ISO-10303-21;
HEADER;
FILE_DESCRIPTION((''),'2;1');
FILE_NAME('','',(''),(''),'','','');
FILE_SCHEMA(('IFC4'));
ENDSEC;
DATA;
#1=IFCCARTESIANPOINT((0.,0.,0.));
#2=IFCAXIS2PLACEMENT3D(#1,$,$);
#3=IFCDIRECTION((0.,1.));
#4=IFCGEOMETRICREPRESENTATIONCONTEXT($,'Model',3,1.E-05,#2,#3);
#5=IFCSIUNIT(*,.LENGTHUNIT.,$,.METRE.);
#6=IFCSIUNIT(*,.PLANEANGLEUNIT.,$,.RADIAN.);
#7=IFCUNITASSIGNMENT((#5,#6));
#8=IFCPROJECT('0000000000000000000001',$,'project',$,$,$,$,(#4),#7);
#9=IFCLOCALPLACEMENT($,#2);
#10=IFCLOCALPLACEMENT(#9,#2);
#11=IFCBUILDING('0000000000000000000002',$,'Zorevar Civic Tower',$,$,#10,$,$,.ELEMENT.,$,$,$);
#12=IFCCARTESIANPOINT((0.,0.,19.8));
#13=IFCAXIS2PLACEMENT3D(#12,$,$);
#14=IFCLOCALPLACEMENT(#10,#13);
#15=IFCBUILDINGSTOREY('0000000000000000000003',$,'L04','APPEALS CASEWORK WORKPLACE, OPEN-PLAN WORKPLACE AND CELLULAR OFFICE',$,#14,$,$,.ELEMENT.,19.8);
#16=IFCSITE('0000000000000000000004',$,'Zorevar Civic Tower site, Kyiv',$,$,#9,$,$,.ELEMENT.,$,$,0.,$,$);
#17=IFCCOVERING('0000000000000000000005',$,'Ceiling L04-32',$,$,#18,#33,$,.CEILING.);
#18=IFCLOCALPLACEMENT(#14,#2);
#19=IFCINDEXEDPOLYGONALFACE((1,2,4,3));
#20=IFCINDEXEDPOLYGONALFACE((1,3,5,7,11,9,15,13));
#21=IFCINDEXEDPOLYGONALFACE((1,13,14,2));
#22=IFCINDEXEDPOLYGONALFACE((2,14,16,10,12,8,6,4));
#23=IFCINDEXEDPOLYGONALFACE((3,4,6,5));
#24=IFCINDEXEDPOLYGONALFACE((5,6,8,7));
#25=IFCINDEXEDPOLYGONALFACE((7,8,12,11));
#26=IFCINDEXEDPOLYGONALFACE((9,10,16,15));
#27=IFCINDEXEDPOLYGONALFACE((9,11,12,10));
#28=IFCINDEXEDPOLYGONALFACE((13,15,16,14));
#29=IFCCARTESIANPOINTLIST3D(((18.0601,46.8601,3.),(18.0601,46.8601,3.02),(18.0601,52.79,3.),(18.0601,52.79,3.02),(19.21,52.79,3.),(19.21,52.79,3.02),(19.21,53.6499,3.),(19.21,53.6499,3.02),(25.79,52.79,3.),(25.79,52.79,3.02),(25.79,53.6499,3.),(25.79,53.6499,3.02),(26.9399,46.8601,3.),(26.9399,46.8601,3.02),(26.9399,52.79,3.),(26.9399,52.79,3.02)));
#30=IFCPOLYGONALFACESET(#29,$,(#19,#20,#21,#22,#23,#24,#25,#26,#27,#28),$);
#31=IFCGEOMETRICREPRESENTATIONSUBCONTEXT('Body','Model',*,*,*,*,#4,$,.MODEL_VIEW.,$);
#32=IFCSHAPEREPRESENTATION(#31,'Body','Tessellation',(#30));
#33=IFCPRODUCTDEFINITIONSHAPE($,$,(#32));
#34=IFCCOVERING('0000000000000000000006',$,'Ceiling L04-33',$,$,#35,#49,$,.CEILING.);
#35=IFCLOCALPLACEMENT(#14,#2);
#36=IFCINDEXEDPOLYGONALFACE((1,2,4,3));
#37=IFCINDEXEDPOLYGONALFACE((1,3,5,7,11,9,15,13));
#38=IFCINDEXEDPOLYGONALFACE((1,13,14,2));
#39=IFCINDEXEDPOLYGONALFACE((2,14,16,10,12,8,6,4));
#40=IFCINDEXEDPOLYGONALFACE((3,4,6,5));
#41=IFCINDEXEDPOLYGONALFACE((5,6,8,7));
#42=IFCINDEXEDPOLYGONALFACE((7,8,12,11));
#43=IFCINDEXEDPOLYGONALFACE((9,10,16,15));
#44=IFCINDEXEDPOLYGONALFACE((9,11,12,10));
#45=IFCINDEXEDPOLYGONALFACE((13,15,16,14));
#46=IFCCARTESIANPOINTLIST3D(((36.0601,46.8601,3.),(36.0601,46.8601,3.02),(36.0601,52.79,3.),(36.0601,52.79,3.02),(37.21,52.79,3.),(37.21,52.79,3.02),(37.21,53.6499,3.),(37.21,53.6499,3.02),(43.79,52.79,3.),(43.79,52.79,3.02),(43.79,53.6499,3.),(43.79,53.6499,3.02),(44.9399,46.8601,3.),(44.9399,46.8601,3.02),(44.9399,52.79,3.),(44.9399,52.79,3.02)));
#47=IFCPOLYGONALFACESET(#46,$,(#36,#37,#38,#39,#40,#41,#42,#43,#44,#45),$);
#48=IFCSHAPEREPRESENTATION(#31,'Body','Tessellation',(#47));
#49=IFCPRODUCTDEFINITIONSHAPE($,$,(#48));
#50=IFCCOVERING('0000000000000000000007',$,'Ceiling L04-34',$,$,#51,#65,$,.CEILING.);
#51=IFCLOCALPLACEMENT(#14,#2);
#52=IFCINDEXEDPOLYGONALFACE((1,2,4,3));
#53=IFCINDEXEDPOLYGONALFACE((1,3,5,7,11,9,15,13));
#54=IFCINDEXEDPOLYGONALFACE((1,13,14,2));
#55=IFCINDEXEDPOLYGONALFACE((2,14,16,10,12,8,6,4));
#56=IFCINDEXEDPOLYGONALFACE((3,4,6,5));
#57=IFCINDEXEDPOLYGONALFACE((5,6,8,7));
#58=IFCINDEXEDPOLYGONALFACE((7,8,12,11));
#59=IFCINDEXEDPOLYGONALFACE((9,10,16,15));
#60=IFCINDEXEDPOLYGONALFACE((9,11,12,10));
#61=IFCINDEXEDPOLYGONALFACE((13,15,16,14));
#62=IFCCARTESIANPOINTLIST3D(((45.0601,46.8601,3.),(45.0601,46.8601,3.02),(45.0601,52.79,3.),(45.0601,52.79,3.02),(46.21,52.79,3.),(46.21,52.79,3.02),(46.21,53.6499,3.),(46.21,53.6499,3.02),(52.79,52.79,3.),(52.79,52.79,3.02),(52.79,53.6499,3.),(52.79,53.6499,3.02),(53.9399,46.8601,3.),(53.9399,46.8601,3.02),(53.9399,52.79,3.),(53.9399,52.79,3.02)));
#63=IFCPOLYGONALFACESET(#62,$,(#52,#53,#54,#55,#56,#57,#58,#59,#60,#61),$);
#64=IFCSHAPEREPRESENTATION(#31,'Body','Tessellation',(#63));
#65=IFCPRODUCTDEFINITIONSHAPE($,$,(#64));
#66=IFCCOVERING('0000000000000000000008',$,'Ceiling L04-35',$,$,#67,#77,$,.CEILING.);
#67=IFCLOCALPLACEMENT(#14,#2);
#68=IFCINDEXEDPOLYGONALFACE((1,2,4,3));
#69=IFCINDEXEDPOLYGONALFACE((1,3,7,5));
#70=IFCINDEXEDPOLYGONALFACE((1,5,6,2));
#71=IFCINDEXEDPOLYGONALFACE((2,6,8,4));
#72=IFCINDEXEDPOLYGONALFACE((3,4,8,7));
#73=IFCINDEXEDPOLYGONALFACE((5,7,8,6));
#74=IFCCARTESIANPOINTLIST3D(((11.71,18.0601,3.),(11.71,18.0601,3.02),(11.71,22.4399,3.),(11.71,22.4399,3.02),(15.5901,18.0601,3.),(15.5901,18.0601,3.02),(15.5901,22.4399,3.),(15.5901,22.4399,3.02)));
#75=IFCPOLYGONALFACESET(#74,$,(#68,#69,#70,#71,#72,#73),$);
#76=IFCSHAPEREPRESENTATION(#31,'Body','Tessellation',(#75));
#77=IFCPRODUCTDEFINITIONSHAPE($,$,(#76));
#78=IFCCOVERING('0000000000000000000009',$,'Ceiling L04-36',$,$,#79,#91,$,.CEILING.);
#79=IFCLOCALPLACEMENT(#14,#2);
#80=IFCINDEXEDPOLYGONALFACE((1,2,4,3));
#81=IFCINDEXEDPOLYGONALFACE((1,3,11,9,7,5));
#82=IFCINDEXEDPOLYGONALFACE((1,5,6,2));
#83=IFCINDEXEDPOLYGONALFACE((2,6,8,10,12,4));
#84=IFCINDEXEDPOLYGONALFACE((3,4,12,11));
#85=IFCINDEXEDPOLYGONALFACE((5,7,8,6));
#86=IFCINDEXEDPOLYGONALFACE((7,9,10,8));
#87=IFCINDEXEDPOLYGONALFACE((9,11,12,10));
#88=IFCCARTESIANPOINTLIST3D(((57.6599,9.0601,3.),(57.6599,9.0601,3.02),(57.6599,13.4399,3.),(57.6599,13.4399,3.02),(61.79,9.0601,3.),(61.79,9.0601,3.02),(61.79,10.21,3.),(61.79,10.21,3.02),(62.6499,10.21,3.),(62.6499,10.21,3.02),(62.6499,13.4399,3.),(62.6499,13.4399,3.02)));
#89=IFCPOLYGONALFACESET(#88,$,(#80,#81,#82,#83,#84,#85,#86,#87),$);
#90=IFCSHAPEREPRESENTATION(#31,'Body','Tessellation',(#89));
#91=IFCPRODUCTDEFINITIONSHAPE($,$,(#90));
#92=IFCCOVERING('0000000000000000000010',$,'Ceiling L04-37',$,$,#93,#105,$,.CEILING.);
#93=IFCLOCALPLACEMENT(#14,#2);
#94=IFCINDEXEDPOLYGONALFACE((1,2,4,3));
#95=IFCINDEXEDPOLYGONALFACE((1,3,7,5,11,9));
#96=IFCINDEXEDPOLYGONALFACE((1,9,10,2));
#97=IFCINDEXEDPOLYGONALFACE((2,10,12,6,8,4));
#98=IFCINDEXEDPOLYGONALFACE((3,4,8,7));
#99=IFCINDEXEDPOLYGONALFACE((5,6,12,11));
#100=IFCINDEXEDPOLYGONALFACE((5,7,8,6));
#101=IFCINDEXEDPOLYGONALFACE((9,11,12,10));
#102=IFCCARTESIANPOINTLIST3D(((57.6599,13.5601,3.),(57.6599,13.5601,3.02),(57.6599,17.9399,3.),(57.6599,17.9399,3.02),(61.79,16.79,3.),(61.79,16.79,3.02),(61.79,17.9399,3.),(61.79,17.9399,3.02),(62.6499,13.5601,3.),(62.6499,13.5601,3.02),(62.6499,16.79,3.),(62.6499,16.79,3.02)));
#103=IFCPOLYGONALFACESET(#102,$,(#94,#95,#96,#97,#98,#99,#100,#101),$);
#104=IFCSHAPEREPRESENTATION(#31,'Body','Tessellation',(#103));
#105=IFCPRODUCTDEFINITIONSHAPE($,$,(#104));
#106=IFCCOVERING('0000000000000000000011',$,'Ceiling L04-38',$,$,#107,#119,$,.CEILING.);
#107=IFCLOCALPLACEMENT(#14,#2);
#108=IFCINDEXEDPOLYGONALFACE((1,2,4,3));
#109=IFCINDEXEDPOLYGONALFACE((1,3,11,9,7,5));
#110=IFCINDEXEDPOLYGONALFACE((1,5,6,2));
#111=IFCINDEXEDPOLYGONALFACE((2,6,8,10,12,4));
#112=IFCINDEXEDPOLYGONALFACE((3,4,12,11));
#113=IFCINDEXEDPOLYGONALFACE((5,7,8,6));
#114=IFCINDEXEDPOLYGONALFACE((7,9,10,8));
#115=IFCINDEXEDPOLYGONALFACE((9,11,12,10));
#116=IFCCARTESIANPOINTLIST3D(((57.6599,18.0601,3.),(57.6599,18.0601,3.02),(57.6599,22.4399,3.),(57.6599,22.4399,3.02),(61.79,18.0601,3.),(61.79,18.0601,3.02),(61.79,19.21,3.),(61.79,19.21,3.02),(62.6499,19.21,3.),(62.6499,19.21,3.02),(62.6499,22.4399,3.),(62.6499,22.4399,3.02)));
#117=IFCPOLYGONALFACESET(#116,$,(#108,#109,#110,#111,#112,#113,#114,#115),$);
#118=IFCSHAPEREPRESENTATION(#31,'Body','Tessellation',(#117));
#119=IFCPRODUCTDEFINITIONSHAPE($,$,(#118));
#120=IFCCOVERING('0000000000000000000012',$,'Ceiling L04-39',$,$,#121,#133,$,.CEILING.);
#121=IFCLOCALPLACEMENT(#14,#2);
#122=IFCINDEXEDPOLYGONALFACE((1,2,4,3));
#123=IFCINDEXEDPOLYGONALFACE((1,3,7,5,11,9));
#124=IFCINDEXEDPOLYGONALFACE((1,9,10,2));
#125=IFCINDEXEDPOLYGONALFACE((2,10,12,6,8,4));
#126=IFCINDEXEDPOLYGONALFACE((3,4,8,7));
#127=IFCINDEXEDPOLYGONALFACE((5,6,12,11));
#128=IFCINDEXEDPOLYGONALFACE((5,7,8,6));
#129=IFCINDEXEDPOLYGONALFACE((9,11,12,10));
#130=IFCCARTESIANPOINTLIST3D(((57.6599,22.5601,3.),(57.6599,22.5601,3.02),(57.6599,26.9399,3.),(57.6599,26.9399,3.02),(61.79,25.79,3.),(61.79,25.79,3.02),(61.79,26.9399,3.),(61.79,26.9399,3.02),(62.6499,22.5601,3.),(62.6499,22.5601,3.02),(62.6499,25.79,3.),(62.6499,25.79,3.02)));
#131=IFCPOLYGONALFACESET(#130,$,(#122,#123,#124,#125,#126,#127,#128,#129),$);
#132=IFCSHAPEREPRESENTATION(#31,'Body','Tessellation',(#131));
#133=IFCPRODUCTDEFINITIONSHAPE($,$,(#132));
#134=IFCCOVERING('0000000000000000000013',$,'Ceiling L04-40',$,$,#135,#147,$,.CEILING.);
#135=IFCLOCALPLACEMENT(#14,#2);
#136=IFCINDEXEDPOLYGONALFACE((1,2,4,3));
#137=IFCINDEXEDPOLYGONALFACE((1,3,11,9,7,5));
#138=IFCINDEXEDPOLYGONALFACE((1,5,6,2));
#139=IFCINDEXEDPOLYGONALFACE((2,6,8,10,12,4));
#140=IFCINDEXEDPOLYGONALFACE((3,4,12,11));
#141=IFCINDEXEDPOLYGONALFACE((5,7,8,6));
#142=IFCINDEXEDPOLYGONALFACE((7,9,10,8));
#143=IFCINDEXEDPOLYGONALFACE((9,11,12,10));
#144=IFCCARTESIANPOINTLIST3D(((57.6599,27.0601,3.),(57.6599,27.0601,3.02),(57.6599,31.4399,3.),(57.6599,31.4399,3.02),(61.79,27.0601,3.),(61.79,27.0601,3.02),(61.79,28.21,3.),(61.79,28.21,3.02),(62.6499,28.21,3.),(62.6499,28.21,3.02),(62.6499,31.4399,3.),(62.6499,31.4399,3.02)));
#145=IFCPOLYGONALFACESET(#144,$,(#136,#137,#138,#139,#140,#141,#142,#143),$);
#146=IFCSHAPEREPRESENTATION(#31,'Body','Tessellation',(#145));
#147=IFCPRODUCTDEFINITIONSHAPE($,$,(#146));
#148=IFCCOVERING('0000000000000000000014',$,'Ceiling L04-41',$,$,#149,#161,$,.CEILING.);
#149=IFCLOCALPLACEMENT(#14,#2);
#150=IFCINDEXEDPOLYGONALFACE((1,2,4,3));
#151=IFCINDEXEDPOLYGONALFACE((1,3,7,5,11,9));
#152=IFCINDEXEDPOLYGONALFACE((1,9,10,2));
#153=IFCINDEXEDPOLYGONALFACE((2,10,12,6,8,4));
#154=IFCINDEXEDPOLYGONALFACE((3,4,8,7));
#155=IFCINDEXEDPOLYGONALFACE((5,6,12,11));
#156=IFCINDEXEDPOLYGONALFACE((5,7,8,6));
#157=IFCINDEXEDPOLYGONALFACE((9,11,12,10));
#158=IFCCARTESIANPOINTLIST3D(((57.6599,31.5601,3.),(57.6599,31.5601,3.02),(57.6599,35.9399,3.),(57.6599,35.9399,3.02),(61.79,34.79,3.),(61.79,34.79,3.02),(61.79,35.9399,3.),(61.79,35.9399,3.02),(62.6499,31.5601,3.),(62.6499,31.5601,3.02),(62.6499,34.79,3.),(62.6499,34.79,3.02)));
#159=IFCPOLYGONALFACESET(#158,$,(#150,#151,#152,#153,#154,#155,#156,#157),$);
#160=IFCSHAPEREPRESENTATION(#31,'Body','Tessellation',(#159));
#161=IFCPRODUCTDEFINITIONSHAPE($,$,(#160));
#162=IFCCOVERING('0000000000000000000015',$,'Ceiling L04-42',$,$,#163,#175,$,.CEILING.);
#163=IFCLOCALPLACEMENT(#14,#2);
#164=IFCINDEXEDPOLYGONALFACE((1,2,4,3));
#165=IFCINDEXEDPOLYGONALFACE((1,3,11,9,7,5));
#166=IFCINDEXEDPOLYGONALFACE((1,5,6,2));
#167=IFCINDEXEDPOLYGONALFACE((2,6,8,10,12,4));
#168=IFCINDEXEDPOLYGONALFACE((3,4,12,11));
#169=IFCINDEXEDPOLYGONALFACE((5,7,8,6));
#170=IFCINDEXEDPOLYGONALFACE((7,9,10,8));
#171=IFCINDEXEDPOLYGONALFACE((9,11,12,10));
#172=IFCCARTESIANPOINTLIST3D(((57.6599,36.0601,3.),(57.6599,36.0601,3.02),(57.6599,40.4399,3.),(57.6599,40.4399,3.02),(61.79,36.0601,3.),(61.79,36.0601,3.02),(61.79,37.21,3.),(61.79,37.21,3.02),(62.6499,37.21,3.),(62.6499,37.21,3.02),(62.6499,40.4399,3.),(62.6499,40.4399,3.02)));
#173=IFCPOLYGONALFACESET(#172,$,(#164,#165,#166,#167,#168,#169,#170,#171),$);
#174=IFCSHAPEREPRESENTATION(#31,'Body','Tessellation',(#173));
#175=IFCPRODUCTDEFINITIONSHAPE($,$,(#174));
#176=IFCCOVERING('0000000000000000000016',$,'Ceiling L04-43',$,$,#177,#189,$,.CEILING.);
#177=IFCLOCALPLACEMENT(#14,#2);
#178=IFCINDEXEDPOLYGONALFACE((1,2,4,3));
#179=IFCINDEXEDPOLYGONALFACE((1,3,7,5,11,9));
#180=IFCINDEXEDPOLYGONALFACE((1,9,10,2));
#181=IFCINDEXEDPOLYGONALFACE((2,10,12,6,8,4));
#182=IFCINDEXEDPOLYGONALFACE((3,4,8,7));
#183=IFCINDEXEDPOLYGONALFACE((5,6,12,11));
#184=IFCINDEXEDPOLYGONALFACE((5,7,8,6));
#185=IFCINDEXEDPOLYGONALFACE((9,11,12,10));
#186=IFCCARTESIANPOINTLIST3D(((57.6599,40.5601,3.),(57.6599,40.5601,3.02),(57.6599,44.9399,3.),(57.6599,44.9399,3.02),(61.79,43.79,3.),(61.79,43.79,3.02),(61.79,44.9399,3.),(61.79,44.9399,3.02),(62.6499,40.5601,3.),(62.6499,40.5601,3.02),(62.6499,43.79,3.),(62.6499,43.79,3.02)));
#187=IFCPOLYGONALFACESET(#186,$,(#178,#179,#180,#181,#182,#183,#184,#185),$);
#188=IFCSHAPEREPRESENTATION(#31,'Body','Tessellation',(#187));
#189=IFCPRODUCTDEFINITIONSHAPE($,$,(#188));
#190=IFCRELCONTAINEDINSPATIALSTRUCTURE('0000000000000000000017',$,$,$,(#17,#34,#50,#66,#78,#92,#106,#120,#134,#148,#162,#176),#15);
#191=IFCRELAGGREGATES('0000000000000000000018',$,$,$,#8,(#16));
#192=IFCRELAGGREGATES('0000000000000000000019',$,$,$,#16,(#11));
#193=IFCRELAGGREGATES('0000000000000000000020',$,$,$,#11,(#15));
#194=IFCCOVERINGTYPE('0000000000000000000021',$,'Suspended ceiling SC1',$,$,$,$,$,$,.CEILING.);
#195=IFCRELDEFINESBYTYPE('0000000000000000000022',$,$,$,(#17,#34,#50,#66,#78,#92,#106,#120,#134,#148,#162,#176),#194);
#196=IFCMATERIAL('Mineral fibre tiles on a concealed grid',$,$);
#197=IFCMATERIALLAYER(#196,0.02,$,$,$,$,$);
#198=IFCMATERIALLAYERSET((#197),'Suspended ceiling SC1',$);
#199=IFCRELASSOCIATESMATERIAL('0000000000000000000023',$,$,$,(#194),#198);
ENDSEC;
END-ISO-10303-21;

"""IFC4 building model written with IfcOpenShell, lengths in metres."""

from ifc_helpers import new_model, si_unit, direction, frame, origin, place, context, subcontext, project, spatial, polyline, outline, extrude, material, layer, layer_set, type_object, element, save


model = new_model("IFC4")

# Units and contexts
model_context = context("Model", 3, precision=1e-05, world=origin(), true_north=direction((0.0, 1.0)))
body_context = subcontext(model_context, "Body", "Model", "MODEL_VIEW")
ifc_project = project(units=[si_unit("LENGTHUNIT", "METRE"), si_unit("PLANEANGLEUNIT", "RADIAN")], contexts=[model_context])

# Site, building, storey
site_placement = place(None, origin())
site = spatial("IfcSite", under=ifc_project, at=site_placement, Name="Zorevar Civic Tower site, Kyiv", CompositionType="ELEMENT", RefElevation=0.0)
building_placement = place(site_placement, origin())
building = spatial("IfcBuilding", under=site, at=building_placement, Name="Zorevar Civic Tower", CompositionType="ELEMENT")
storey_placement = place(building_placement, frame((0.0, 0.0, 19.8)))
storey = spatial("IfcBuildingStorey", under=building, at=storey_placement, Name="L04", Description="APPEALS CASEWORK WORKPLACE, OPEN-PLAN WORKPLACE AND CELLULAR OFFICE", CompositionType="ELEMENT", Elevation=19.8)

# Coverings
ifc_material_1 = material(Name="Mineral fibre tiles on a concealed grid")
ifc_layer_1 = layer(ifc_material_1, 0.02)
ifc_layer_set_1 = layer_set([ifc_layer_1], Name="Suspended ceiling SC1")
covering_type_1 = type_object("IfcCoveringType", Name="Suspended ceiling SC1", PredefinedType="CEILING", material=ifc_layer_set_1)
covering_1_placement = place(storey_placement, frame((0.0, 0.0, 3.0)))
element("IfcCovering", 1, at=covering_1_placement, inside=storey, type_object=covering_type_1, Name="Ceiling L04-32", PredefinedType="CEILING", context=body_context, shape_type="SweptSolid", body=[
    extrude(outline(polyline([(19.21, 52.79), (19.21, 53.6499), (25.79, 53.6499), (25.79, 52.79), (26.9399, 52.79), (26.9399, 46.8601), (18.0601, 46.8601), (18.0601, 52.79), (19.21, 52.79)])), origin(), (0.0, 0.0, 1.0), 0.02),
])
covering_2_placement = place(storey_placement, frame((0.0, 0.0, 3.0)))
element("IfcCovering", 2, at=covering_2_placement, inside=storey, type_object=covering_type_1, Name="Ceiling L04-33", PredefinedType="CEILING", context=body_context, shape_type="SweptSolid", body=[
    extrude(outline(polyline([(37.21, 52.79), (37.21, 53.6499), (43.79, 53.6499), (43.79, 52.79), (44.9399, 52.79), (44.9399, 46.8601), (36.0601, 46.8601), (36.0601, 52.79), (37.21, 52.79)])), origin(), (0.0, 0.0, 1.0), 0.02),
])
covering_3_placement = place(storey_placement, frame((0.0, 0.0, 3.0)))
element("IfcCovering", 3, at=covering_3_placement, inside=storey, type_object=covering_type_1, Name="Ceiling L04-34", PredefinedType="CEILING", context=body_context, shape_type="SweptSolid", body=[
    extrude(outline(polyline([(46.21, 52.79), (46.21, 53.6499), (52.79, 53.6499), (52.79, 52.79), (53.9399, 52.79), (53.9399, 46.8601), (45.0601, 46.8601), (45.0601, 52.79), (46.21, 52.79)])), origin(), (0.0, 0.0, 1.0), 0.02),
])
covering_4_placement = place(storey_placement, frame((0.0, 0.0, 3.0)))
element("IfcCovering", 4, at=covering_4_placement, inside=storey, type_object=covering_type_1, Name="Ceiling L04-35", PredefinedType="CEILING", context=body_context, shape_type="SweptSolid", body=[
    extrude(outline(polyline([(11.71, 18.0601), (11.71, 22.4399), (15.5901, 22.4399), (15.5901, 18.0601), (11.71, 18.0601)])), origin(), (0.0, 0.0, 1.0), 0.02),
])
covering_5_placement = place(storey_placement, frame((0.0, 0.0, 3.0)))
element("IfcCovering", 5, at=covering_5_placement, inside=storey, type_object=covering_type_1, Name="Ceiling L04-36", PredefinedType="CEILING", context=body_context, shape_type="SweptSolid", body=[
    extrude(outline(polyline([(57.6599, 13.4399), (62.6499, 13.4399), (62.6499, 10.21), (61.79, 10.21), (61.79, 9.0601), (57.6599, 9.0601), (57.6599, 13.4399)])), origin(), (0.0, 0.0, 1.0), 0.02),
])
covering_6_placement = place(storey_placement, frame((0.0, 0.0, 3.0)))
element("IfcCovering", 6, at=covering_6_placement, inside=storey, type_object=covering_type_1, Name="Ceiling L04-37", PredefinedType="CEILING", context=body_context, shape_type="SweptSolid", body=[
    extrude(outline(polyline([(57.6599, 17.9399), (61.79, 17.9399), (61.79, 16.79), (62.6499, 16.79), (62.6499, 13.5601), (57.6599, 13.5601), (57.6599, 17.9399)])), origin(), (0.0, 0.0, 1.0), 0.02),
])
covering_7_placement = place(storey_placement, frame((0.0, 0.0, 3.0)))
element("IfcCovering", 7, at=covering_7_placement, inside=storey, type_object=covering_type_1, Name="Ceiling L04-38", PredefinedType="CEILING", context=body_context, shape_type="SweptSolid", body=[
    extrude(outline(polyline([(57.6599, 22.4399), (62.6499, 22.4399), (62.6499, 19.21), (61.79, 19.21), (61.79, 18.0601), (57.6599, 18.0601), (57.6599, 22.4399)])), origin(), (0.0, 0.0, 1.0), 0.02),
])
covering_8_placement = place(storey_placement, frame((0.0, 0.0, 3.0)))
element("IfcCovering", 8, at=covering_8_placement, inside=storey, type_object=covering_type_1, Name="Ceiling L04-39", PredefinedType="CEILING", context=body_context, shape_type="SweptSolid", body=[
    extrude(outline(polyline([(57.6599, 26.9399), (61.79, 26.9399), (61.79, 25.79), (62.6499, 25.79), (62.6499, 22.5601), (57.6599, 22.5601), (57.6599, 26.9399)])), origin(), (0.0, 0.0, 1.0), 0.02),
])
covering_9_placement = place(storey_placement, frame((0.0, 0.0, 3.0)))
element("IfcCovering", 9, at=covering_9_placement, inside=storey, type_object=covering_type_1, Name="Ceiling L04-40", PredefinedType="CEILING", context=body_context, shape_type="SweptSolid", body=[
    extrude(outline(polyline([(57.6599, 31.4399), (62.6499, 31.4399), (62.6499, 28.21), (61.79, 28.21), (61.79, 27.0601), (57.6599, 27.0601), (57.6599, 31.4399)])), origin(), (0.0, 0.0, 1.0), 0.02),
])
covering_10_placement = place(storey_placement, frame((0.0, 0.0, 3.0)))
element("IfcCovering", 10, at=covering_10_placement, inside=storey, type_object=covering_type_1, Name="Ceiling L04-41", PredefinedType="CEILING", context=body_context, shape_type="SweptSolid", body=[
    extrude(outline(polyline([(57.6599, 35.9399), (61.79, 35.9399), (61.79, 34.79), (62.6499, 34.79), (62.6499, 31.5601), (57.6599, 31.5601), (57.6599, 35.9399)])), origin(), (0.0, 0.0, 1.0), 0.02),
])
covering_11_placement = place(storey_placement, frame((0.0, 0.0, 3.0)))
element("IfcCovering", 11, at=covering_11_placement, inside=storey, type_object=covering_type_1, Name="Ceiling L04-42", PredefinedType="CEILING", context=body_context, shape_type="SweptSolid", body=[
    extrude(outline(polyline([(57.6599, 40.4399), (62.6499, 40.4399), (62.6499, 37.21), (61.79, 37.21), (61.79, 36.0601), (57.6599, 36.0601), (57.6599, 40.4399)])), origin(), (0.0, 0.0, 1.0), 0.02),
])
covering_12_placement = place(storey_placement, frame((0.0, 0.0, 3.0)))
element("IfcCovering", 12, at=covering_12_placement, inside=storey, type_object=covering_type_1, Name="Ceiling L04-43", PredefinedType="CEILING", context=body_context, shape_type="SweptSolid", body=[
    extrude(outline(polyline([(57.6599, 44.9399), (61.79, 44.9399), (61.79, 43.79), (62.6499, 43.79), (62.6499, 40.5601), (57.6599, 40.5601), (57.6599, 44.9399)])), origin(), (0.0, 0.0, 1.0), 0.02),
])

save(model, "model.ifc")
